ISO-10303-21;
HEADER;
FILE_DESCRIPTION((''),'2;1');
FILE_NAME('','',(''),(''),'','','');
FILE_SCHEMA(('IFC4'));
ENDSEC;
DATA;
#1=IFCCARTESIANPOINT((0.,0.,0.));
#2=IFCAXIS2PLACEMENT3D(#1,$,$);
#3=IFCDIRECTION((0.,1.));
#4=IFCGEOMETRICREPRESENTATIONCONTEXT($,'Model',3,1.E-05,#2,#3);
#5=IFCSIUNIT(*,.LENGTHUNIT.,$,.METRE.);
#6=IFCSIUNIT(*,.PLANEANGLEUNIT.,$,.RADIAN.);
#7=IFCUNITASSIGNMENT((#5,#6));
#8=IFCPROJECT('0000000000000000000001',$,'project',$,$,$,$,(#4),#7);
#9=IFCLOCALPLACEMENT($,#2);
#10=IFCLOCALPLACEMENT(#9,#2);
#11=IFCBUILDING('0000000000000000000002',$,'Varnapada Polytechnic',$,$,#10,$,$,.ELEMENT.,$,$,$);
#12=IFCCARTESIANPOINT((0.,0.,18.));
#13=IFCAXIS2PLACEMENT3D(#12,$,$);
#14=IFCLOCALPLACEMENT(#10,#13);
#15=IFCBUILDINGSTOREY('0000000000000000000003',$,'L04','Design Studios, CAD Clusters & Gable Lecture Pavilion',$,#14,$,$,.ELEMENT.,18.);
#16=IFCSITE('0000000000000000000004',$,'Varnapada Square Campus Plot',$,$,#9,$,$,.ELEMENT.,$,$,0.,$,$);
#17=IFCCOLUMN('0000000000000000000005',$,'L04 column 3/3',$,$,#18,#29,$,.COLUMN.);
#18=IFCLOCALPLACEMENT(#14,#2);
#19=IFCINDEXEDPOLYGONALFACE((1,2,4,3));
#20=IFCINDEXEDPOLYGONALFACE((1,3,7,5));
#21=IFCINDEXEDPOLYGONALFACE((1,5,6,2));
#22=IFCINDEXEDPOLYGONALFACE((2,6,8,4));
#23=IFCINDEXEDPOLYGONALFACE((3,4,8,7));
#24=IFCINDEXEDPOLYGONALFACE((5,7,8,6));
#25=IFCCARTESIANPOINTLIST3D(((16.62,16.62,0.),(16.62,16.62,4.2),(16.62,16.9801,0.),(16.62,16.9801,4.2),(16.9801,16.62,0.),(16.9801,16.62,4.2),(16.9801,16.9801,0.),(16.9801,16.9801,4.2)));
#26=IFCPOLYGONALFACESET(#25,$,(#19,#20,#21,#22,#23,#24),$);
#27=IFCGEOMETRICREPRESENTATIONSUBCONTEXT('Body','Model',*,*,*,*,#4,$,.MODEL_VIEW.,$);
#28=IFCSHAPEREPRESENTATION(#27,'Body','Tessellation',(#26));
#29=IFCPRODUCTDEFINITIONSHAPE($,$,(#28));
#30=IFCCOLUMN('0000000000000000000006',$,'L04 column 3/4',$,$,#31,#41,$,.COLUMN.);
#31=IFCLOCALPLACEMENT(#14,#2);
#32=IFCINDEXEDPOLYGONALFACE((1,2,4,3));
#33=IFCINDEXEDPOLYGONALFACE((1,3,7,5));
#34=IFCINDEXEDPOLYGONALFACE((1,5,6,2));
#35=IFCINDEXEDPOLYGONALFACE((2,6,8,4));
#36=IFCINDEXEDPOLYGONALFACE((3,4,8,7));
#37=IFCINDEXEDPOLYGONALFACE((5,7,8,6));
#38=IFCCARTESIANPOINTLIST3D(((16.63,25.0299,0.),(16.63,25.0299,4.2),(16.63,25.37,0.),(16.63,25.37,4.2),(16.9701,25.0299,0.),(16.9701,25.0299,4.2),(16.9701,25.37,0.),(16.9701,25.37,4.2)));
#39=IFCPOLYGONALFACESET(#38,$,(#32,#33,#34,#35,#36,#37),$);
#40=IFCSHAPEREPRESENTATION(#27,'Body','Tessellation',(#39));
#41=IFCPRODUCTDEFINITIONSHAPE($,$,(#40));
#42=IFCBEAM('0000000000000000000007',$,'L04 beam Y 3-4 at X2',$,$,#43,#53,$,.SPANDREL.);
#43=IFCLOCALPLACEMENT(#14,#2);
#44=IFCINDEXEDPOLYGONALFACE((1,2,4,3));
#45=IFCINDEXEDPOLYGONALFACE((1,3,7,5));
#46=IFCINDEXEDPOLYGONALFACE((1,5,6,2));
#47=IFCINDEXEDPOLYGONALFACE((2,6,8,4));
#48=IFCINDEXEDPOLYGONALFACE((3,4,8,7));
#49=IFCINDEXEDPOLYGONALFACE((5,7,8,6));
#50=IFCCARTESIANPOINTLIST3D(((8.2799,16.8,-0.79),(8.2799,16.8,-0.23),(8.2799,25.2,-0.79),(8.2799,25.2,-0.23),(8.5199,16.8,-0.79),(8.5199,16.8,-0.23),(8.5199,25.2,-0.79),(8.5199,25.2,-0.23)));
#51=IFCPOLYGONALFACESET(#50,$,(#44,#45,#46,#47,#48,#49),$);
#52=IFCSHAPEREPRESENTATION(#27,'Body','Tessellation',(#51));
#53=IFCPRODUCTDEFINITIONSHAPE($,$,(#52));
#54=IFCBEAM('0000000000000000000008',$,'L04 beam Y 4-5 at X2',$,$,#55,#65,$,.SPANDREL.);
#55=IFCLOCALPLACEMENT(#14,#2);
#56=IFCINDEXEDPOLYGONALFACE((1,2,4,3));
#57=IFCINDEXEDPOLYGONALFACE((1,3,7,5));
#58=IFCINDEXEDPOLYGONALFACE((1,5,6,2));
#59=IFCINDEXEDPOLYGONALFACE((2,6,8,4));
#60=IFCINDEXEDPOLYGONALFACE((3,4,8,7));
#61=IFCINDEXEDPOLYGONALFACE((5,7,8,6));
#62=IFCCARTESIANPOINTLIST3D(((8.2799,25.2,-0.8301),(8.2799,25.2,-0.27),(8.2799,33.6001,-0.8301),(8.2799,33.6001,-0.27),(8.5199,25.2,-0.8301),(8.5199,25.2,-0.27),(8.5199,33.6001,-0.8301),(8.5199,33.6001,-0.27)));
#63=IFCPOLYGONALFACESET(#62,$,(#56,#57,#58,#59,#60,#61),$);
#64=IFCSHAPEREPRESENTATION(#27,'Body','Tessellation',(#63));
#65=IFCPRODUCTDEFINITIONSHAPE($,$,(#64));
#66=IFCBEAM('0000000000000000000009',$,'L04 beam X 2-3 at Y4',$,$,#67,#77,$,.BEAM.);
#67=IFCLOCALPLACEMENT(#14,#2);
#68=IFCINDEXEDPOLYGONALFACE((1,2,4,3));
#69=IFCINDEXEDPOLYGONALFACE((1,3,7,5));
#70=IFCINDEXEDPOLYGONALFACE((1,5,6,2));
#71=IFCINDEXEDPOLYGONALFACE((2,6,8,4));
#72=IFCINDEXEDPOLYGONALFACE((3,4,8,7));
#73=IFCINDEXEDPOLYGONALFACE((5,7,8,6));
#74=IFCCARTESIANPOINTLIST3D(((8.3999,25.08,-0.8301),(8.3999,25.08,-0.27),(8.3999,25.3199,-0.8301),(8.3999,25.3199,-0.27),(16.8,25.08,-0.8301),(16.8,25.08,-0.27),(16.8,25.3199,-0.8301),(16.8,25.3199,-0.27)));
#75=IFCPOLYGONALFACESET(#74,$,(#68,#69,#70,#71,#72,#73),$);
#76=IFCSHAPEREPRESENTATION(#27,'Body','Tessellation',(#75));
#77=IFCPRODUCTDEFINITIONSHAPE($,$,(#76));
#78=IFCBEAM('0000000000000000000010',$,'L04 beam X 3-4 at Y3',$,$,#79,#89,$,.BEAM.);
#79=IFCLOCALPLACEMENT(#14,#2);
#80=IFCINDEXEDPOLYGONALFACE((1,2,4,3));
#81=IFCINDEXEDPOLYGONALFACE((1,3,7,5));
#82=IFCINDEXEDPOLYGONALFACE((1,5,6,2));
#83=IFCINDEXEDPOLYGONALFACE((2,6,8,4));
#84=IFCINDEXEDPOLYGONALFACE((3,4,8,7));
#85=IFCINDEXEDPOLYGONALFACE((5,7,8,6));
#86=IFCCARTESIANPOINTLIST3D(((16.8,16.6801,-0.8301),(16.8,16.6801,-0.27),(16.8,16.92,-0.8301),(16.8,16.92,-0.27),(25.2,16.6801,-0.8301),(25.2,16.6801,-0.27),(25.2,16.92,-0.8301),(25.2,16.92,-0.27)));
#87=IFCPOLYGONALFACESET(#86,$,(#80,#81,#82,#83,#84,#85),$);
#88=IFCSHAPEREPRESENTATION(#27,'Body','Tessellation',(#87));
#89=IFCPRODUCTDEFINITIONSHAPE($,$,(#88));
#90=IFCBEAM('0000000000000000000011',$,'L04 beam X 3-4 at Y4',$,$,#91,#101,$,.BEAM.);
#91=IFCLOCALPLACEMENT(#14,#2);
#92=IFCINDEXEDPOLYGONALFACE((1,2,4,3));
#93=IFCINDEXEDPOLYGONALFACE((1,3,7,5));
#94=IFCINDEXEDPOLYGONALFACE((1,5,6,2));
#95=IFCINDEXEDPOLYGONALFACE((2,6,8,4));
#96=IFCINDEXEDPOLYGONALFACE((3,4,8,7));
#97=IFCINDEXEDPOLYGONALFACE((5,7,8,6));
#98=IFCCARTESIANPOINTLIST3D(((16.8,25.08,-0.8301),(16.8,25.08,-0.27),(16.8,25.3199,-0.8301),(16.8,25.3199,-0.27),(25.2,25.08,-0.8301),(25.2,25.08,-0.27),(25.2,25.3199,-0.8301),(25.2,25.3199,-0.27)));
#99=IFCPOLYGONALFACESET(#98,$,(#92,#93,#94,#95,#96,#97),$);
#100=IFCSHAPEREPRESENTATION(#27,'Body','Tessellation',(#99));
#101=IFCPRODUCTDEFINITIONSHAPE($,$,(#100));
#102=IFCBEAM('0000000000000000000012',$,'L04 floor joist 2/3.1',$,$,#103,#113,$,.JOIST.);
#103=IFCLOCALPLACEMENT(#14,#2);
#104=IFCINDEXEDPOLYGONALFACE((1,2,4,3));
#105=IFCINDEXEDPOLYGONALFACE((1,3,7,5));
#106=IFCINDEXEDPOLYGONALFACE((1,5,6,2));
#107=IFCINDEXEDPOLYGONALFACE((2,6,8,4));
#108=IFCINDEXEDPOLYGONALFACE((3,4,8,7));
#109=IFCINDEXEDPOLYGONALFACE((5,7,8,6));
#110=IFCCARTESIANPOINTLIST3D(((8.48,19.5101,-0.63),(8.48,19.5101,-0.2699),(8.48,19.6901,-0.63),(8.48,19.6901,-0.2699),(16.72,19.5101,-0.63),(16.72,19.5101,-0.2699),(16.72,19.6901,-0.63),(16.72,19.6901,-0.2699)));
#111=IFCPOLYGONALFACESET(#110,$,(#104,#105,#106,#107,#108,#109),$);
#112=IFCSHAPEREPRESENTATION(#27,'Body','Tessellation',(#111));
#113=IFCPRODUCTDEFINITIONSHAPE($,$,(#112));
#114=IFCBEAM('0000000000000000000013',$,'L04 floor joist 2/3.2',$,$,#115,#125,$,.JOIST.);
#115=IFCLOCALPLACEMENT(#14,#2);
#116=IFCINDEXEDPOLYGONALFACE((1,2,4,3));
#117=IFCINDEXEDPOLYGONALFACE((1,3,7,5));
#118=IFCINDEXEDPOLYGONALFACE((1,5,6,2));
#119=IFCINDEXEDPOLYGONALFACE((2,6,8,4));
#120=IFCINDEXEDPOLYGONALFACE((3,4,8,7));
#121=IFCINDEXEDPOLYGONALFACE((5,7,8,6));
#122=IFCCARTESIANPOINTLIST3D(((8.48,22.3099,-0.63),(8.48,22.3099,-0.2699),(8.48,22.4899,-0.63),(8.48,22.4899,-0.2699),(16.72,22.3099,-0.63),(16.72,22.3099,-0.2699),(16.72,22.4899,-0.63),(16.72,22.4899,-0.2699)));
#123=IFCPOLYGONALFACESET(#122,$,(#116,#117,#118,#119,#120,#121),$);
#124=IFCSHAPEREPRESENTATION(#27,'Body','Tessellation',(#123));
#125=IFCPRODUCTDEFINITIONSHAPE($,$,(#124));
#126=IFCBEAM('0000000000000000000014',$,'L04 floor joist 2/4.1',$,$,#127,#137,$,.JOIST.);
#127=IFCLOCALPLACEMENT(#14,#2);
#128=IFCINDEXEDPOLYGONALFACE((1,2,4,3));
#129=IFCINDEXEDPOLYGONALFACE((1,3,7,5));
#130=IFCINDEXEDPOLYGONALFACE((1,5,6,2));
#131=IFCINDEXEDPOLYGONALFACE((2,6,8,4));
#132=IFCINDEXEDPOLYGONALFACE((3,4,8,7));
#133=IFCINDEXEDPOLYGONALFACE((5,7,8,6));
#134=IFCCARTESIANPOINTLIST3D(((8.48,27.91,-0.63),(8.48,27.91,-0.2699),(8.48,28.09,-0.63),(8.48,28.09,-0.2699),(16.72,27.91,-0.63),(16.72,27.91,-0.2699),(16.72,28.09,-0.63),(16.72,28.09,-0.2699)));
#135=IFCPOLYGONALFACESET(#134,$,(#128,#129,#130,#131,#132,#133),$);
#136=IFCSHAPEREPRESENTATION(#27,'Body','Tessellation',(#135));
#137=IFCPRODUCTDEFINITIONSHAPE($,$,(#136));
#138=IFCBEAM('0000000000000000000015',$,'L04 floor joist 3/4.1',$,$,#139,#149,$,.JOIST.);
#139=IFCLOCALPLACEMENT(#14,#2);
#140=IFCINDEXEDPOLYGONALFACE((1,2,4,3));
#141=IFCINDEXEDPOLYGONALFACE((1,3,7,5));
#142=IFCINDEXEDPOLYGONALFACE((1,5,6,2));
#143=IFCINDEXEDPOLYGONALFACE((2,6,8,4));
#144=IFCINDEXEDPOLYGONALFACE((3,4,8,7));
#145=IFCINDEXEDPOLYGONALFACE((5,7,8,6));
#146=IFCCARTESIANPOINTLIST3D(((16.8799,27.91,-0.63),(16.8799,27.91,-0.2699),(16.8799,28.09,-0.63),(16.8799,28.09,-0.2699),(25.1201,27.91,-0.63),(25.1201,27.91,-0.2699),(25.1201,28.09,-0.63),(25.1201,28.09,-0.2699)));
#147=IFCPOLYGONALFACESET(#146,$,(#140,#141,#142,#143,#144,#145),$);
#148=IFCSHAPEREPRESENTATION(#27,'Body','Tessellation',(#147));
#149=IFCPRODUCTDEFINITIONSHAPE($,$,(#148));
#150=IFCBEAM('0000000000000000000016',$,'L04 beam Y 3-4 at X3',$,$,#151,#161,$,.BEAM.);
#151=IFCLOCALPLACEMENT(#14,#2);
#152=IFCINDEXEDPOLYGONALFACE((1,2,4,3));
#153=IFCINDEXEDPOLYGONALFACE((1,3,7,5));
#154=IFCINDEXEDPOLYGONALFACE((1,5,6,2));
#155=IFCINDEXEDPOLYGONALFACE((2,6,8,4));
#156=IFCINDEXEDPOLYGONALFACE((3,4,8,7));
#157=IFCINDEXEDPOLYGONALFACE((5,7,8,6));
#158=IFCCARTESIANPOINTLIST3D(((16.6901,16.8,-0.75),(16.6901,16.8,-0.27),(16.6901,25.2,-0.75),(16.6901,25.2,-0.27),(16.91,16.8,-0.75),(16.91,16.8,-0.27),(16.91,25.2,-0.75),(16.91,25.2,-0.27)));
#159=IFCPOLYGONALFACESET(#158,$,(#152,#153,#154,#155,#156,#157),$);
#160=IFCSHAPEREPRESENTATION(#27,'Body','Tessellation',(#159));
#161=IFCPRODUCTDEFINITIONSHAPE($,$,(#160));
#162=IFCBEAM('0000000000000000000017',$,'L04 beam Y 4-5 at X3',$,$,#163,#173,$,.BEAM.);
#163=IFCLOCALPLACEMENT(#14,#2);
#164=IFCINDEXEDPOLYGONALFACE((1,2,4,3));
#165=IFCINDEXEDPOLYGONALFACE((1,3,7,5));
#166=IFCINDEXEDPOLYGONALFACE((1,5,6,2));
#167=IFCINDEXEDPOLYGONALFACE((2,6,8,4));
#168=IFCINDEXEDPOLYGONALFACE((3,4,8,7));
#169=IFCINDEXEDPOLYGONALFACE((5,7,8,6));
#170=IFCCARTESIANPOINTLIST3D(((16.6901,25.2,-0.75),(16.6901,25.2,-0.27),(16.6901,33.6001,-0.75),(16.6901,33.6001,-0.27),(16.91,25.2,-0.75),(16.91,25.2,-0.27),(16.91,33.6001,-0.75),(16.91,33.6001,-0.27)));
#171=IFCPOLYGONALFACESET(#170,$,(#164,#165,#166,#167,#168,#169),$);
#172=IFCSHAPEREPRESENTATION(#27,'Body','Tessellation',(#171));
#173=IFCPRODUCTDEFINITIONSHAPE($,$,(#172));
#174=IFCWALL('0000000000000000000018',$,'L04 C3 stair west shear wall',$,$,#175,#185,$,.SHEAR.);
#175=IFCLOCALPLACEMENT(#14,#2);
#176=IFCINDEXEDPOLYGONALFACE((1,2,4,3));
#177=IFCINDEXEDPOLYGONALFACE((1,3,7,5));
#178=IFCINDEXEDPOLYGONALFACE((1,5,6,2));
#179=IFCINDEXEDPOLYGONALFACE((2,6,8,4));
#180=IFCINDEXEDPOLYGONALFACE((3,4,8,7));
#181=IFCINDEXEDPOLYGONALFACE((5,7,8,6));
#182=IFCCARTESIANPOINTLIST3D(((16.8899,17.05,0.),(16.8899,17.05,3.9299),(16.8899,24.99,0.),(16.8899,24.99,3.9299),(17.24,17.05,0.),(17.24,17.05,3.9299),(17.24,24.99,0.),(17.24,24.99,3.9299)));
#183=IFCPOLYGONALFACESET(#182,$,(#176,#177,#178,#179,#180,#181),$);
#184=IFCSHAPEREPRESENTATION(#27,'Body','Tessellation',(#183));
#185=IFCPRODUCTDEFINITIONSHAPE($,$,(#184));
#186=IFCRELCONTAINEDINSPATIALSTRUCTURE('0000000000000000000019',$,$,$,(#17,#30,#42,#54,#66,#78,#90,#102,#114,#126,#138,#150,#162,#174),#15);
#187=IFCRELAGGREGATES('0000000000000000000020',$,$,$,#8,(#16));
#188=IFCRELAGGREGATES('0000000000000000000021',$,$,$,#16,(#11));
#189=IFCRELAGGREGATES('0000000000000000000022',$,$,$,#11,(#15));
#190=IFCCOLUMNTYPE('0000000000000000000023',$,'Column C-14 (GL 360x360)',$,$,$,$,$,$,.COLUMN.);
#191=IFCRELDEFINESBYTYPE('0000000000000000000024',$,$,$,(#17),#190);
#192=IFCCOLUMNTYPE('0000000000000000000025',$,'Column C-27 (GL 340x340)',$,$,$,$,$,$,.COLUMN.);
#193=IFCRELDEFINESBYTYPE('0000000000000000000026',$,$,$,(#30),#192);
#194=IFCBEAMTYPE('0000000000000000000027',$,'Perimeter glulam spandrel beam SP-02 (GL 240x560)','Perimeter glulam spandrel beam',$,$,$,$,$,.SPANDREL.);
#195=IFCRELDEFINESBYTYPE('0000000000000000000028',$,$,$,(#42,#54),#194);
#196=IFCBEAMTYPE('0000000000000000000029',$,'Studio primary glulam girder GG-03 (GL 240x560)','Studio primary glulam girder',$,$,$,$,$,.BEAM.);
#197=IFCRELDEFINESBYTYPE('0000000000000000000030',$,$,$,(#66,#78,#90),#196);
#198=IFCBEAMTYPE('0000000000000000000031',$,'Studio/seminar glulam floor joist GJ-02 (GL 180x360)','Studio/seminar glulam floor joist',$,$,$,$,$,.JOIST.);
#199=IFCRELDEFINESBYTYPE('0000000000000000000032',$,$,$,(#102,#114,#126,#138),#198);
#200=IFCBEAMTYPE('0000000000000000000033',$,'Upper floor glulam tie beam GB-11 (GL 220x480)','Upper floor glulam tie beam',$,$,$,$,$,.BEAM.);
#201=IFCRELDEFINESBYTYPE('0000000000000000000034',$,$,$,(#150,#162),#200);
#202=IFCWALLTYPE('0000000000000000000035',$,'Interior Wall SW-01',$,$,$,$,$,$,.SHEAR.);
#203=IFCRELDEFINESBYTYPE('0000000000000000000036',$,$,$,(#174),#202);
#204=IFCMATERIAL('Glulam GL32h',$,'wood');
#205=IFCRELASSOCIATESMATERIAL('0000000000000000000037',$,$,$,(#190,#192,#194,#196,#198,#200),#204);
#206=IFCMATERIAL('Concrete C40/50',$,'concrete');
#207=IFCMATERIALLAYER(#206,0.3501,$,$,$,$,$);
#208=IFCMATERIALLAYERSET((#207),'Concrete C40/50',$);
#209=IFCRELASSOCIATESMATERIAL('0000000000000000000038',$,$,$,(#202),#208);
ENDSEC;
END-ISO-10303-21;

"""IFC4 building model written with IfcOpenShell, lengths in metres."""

from ifc_helpers import new_model, si_unit, direction, frame, frame_2d, origin, origin_2d, place, context, subcontext, project, spatial, rectangle, extrude, material, layer, layer_set, material_profile, profile_set, type_object, element, save


model = new_model("IFC4")

# Units and contexts
model_context = context("Model", 3, precision=1e-05, world=origin(), true_north=direction((0.0, 1.0)))
body_context = subcontext(model_context, "Body", "Model", "MODEL_VIEW")
ifc_project = project(units=[si_unit("LENGTHUNIT", "METRE"), si_unit("PLANEANGLEUNIT", "RADIAN")], contexts=[model_context])

# Site, building, storey
site_placement = place(None, origin())
site = spatial("IfcSite", under=ifc_project, at=site_placement, Name="Varnapada Square Campus Plot", CompositionType="ELEMENT", RefElevation=0.0)
building_placement = place(site_placement, origin())
building = spatial("IfcBuilding", under=site, at=building_placement, Name="Varnapada Polytechnic", CompositionType="ELEMENT")
storey_placement = place(building_placement, frame((0.0, 0.0, 18.0)))
storey = spatial("IfcBuildingStorey", under=building, at=storey_placement, Name="L04", Description="Design Studios, CAD Clusters & Gable Lecture Pavilion", CompositionType="ELEMENT", Elevation=18.0)

# Columns
ifc_material_1 = material(Name="Glulam GL32h", Category="wood")
ifc_material_profile_1 = material_profile(ifc_material_1, rectangle(XDim=0.3601, YDim=0.3601, at=origin_2d()), Name="GL 360x360")
ifc_profile_set_1 = profile_set([ifc_material_profile_1], Name="Glulam GL32h")
column_type_1 = type_object("IfcColumnType", Name="Column C-14 (GL 360x360)", PredefinedType="COLUMN", material=ifc_profile_set_1)
column_1_placement = place(storey_placement, frame((16.8, 16.8, 0.0), z_axis=(0.0, 0.0, 1.0), x_axis=(1.0, 0.0, 0.0)))
element("IfcColumn", 1, at=column_1_placement, inside=storey, type_object=column_type_1, Name="L04 column 3/3", PredefinedType="COLUMN", context=body_context, shape_type="SweptSolid", body=[
    extrude(rectangle(XDim=0.3601, YDim=0.3601, at=origin_2d()), origin(), (0.0, 0.0, 1.0), 4.2),
])
ifc_material_profile_2 = material_profile(ifc_material_1, rectangle(XDim=0.3401, YDim=0.3401, at=origin_2d()), Name="GL 340x340")
ifc_profile_set_2 = profile_set([ifc_material_profile_2], Name="Glulam GL32h")
column_type_2 = type_object("IfcColumnType", Name="Column C-27 (GL 340x340)", PredefinedType="COLUMN", material=ifc_profile_set_2)
column_2_placement = place(storey_placement, frame((16.8, 25.2, 0.0), z_axis=(0.0, 0.0, 1.0), x_axis=(1.0, 0.0, 0.0)))
element("IfcColumn", 2, at=column_2_placement, inside=storey, type_object=column_type_2, Name="L04 column 3/4", PredefinedType="COLUMN", context=body_context, shape_type="SweptSolid", body=[
    extrude(rectangle(XDim=0.3401, YDim=0.3401, at=origin_2d()), origin(), (0.0, 0.0, 1.0), 4.2),
])

# Beams
ifc_material_profile_3 = material_profile(ifc_material_1, rectangle(XDim=0.24, YDim=0.5601, at=origin_2d()), Name="GL 240x560")
ifc_profile_set_3 = profile_set([ifc_material_profile_3], Name="Glulam GL32h")
beam_type_1 = type_object("IfcBeamType", Name="Perimeter glulam spandrel beam SP-02 (GL 240x560)", Description="Perimeter glulam spandrel beam", PredefinedType="SPANDREL", material=ifc_profile_set_3)
beam_1_placement = place(storey_placement, frame((8.3999, 16.8, -0.51), z_axis=(0.0, 1.0, 0.0), x_axis=(-1.0, 0.0, 0.0)))
element("IfcBeam", 3, at=beam_1_placement, inside=storey, type_object=beam_type_1, Name="L04 beam Y 3-4 at X2", PredefinedType="SPANDREL", context=body_context, shape_type="SweptSolid", body=[
    extrude(rectangle(XDim=0.24, YDim=0.5601, at=origin_2d()), origin(), (0.0, 0.0, 1.0), 8.3999),
])
beam_2_placement = place(storey_placement, frame((8.3999, 25.2, -0.55), z_axis=(0.0, 1.0, 0.0), x_axis=(-1.0, 0.0, 0.0)))
element("IfcBeam", 4, at=beam_2_placement, inside=storey, type_object=beam_type_1, Name="L04 beam Y 4-5 at X2", PredefinedType="SPANDREL", context=body_context, shape_type="SweptSolid", body=[
    extrude(rectangle(XDim=0.24, YDim=0.5601, at=origin_2d()), origin(), (0.0, 0.0, 1.0), 8.4001),
])
ifc_material_profile_4 = material_profile(ifc_material_1, rectangle(XDim=0.24, YDim=0.5601, at=origin_2d()), Name="GL 240x560")
ifc_profile_set_4 = profile_set([ifc_material_profile_4], Name="Glulam GL32h")
beam_type_2 = type_object("IfcBeamType", Name="Studio primary glulam girder GG-03 (GL 240x560)", Description="Studio primary glulam girder", PredefinedType="BEAM", material=ifc_profile_set_4)
beam_3_placement = place(storey_placement, frame((8.3999, 25.2, -0.55), z_axis=(1.0, 0.0, 0.0), x_axis=(0.0, 1.0, 0.0)))
element("IfcBeam", 5, at=beam_3_placement, inside=storey, type_object=beam_type_2, Name="L04 beam X 2-3 at Y4", PredefinedType="BEAM", context=body_context, shape_type="SweptSolid", body=[
    extrude(rectangle(XDim=0.24, YDim=0.5601, at=origin_2d()), origin(), (0.0, 0.0, 1.0), 8.4001),
])
for number, where, z_axis, x_axis, name in (
    (6, (16.8, 16.8, -0.55), (1.0, 0.0, 0.0), (0.0, 1.0, 0.0), "L04 beam X 3-4 at Y3"),
    (7, (16.8, 25.2, -0.55), (1.0, 0.0, 0.0), (0.0, 1.0, 0.0), "L04 beam X 3-4 at Y4"),
):
    element("IfcBeam", number, at=place(storey_placement, frame(where, z_axis=z_axis, x_axis=x_axis)), inside=storey, type_object=beam_type_2, Name=name, PredefinedType="BEAM", context=body_context, shape_type="SweptSolid", body=[
        extrude(rectangle(XDim=0.24, YDim=0.5601, at=origin_2d()), origin(), (0.0, 0.0, 1.0), 8.3999),
    ])
ifc_material_profile_5 = material_profile(ifc_material_1, rectangle(XDim=0.1799, YDim=0.3601, at=origin_2d()), Name="GL 180x360")
ifc_profile_set_5 = profile_set([ifc_material_profile_5], Name="Glulam GL32h")
beam_type_3 = type_object("IfcBeamType", Name="Studio/seminar glulam floor joist GJ-02 (GL 180x360)", Description="Studio/seminar glulam floor joist", PredefinedType="JOIST", material=ifc_profile_set_5)
for number, where, z_axis, x_axis, name in (
    (8, (8.48, 19.6001, -0.45), (1.0, 0.0, 0.0), (0.0, 1.0, 0.0), "L04 floor joist 2/3.1"),
    (9, (8.48, 22.3999, -0.45), (1.0, 0.0, 0.0), (0.0, 1.0, 0.0), "L04 floor joist 2/3.2"),
    (10, (8.48, 28.0, -0.45), (1.0, 0.0, 0.0), (0.0, 1.0, 0.0), "L04 floor joist 2/4.1"),
):
    element("IfcBeam", number, at=place(storey_placement, frame(where, z_axis=z_axis, x_axis=x_axis)), inside=storey, type_object=beam_type_3, Name=name, PredefinedType="JOIST", context=body_context, shape_type="SweptSolid", body=[
        extrude(rectangle(XDim=0.1799, YDim=0.3601, at=origin_2d()), origin(), (0.0, 0.0, 1.0), 8.24),
    ])
beam_4_placement = place(storey_placement, frame((16.8799, 28.0, -0.45), z_axis=(1.0, 0.0, 0.0), x_axis=(0.0, 1.0, 0.0)))
element("IfcBeam", 11, at=beam_4_placement, inside=storey, type_object=beam_type_3, Name="L04 floor joist 3/4.1", PredefinedType="JOIST", context=body_context, shape_type="SweptSolid", body=[
    extrude(rectangle(XDim=0.1799, YDim=0.3601, at=origin_2d()), origin(), (0.0, 0.0, 1.0), 8.2402),
])
ifc_material_profile_6 = material_profile(ifc_material_1, rectangle(XDim=0.22, YDim=0.48, at=origin_2d()), Name="GL 220x480")
ifc_profile_set_6 = profile_set([ifc_material_profile_6], Name="Glulam GL32h")
beam_type_4 = type_object("IfcBeamType", Name="Upper floor glulam tie beam GB-11 (GL 220x480)", Description="Upper floor glulam tie beam", PredefinedType="BEAM", material=ifc_profile_set_6)
beam_5_placement = place(storey_placement, frame((16.8, 16.8, -0.51), z_axis=(0.0, 1.0, 0.0), x_axis=(-1.0, 0.0, 0.0)))
element("IfcBeam", 12, at=beam_5_placement, inside=storey, type_object=beam_type_4, Name="L04 beam Y 3-4 at X3", PredefinedType="BEAM", context=body_context, shape_type="SweptSolid", body=[
    extrude(rectangle(XDim=0.22, YDim=0.48, at=origin_2d()), origin(), (0.0, 0.0, 1.0), 8.3999),
])
beam_6_placement = place(storey_placement, frame((16.8, 25.2, -0.51), z_axis=(0.0, 1.0, 0.0), x_axis=(-1.0, 0.0, 0.0)))
element("IfcBeam", 13, at=beam_6_placement, inside=storey, type_object=beam_type_4, Name="L04 beam Y 4-5 at X3", PredefinedType="BEAM", context=body_context, shape_type="SweptSolid", body=[
    extrude(rectangle(XDim=0.22, YDim=0.48, at=origin_2d()), origin(), (0.0, 0.0, 1.0), 8.4001),
])

# Wall
ifc_material_2 = material(Name="Concrete C40/50", Category="concrete")
ifc_layer_1 = layer(ifc_material_2, 0.3501)
ifc_layer_set_1 = layer_set([ifc_layer_1], Name="Concrete C40/50")
wall_type_1 = type_object("IfcWallType", Name="Interior Wall SW-01", PredefinedType="SHEAR", material=ifc_layer_set_1)
wall_1_placement = place(storey_placement, frame((17.0649, 17.05, 0.0), z_axis=(0.0, 0.0, 1.0), x_axis=(0.0, 1.0, 0.0)))
element("IfcWall", 14, at=wall_1_placement, inside=storey, type_object=wall_type_1, Name="L04 C3 stair west shear wall", PredefinedType="SHEAR", context=body_context, shape_type="SweptSolid", body=[
    extrude(rectangle(XDim=7.9399, YDim=0.3501, at=frame_2d((3.97, 0.0))), origin(), (0.0, 0.0, 1.0), 3.9299),
])

save(model, "model.ifc")
